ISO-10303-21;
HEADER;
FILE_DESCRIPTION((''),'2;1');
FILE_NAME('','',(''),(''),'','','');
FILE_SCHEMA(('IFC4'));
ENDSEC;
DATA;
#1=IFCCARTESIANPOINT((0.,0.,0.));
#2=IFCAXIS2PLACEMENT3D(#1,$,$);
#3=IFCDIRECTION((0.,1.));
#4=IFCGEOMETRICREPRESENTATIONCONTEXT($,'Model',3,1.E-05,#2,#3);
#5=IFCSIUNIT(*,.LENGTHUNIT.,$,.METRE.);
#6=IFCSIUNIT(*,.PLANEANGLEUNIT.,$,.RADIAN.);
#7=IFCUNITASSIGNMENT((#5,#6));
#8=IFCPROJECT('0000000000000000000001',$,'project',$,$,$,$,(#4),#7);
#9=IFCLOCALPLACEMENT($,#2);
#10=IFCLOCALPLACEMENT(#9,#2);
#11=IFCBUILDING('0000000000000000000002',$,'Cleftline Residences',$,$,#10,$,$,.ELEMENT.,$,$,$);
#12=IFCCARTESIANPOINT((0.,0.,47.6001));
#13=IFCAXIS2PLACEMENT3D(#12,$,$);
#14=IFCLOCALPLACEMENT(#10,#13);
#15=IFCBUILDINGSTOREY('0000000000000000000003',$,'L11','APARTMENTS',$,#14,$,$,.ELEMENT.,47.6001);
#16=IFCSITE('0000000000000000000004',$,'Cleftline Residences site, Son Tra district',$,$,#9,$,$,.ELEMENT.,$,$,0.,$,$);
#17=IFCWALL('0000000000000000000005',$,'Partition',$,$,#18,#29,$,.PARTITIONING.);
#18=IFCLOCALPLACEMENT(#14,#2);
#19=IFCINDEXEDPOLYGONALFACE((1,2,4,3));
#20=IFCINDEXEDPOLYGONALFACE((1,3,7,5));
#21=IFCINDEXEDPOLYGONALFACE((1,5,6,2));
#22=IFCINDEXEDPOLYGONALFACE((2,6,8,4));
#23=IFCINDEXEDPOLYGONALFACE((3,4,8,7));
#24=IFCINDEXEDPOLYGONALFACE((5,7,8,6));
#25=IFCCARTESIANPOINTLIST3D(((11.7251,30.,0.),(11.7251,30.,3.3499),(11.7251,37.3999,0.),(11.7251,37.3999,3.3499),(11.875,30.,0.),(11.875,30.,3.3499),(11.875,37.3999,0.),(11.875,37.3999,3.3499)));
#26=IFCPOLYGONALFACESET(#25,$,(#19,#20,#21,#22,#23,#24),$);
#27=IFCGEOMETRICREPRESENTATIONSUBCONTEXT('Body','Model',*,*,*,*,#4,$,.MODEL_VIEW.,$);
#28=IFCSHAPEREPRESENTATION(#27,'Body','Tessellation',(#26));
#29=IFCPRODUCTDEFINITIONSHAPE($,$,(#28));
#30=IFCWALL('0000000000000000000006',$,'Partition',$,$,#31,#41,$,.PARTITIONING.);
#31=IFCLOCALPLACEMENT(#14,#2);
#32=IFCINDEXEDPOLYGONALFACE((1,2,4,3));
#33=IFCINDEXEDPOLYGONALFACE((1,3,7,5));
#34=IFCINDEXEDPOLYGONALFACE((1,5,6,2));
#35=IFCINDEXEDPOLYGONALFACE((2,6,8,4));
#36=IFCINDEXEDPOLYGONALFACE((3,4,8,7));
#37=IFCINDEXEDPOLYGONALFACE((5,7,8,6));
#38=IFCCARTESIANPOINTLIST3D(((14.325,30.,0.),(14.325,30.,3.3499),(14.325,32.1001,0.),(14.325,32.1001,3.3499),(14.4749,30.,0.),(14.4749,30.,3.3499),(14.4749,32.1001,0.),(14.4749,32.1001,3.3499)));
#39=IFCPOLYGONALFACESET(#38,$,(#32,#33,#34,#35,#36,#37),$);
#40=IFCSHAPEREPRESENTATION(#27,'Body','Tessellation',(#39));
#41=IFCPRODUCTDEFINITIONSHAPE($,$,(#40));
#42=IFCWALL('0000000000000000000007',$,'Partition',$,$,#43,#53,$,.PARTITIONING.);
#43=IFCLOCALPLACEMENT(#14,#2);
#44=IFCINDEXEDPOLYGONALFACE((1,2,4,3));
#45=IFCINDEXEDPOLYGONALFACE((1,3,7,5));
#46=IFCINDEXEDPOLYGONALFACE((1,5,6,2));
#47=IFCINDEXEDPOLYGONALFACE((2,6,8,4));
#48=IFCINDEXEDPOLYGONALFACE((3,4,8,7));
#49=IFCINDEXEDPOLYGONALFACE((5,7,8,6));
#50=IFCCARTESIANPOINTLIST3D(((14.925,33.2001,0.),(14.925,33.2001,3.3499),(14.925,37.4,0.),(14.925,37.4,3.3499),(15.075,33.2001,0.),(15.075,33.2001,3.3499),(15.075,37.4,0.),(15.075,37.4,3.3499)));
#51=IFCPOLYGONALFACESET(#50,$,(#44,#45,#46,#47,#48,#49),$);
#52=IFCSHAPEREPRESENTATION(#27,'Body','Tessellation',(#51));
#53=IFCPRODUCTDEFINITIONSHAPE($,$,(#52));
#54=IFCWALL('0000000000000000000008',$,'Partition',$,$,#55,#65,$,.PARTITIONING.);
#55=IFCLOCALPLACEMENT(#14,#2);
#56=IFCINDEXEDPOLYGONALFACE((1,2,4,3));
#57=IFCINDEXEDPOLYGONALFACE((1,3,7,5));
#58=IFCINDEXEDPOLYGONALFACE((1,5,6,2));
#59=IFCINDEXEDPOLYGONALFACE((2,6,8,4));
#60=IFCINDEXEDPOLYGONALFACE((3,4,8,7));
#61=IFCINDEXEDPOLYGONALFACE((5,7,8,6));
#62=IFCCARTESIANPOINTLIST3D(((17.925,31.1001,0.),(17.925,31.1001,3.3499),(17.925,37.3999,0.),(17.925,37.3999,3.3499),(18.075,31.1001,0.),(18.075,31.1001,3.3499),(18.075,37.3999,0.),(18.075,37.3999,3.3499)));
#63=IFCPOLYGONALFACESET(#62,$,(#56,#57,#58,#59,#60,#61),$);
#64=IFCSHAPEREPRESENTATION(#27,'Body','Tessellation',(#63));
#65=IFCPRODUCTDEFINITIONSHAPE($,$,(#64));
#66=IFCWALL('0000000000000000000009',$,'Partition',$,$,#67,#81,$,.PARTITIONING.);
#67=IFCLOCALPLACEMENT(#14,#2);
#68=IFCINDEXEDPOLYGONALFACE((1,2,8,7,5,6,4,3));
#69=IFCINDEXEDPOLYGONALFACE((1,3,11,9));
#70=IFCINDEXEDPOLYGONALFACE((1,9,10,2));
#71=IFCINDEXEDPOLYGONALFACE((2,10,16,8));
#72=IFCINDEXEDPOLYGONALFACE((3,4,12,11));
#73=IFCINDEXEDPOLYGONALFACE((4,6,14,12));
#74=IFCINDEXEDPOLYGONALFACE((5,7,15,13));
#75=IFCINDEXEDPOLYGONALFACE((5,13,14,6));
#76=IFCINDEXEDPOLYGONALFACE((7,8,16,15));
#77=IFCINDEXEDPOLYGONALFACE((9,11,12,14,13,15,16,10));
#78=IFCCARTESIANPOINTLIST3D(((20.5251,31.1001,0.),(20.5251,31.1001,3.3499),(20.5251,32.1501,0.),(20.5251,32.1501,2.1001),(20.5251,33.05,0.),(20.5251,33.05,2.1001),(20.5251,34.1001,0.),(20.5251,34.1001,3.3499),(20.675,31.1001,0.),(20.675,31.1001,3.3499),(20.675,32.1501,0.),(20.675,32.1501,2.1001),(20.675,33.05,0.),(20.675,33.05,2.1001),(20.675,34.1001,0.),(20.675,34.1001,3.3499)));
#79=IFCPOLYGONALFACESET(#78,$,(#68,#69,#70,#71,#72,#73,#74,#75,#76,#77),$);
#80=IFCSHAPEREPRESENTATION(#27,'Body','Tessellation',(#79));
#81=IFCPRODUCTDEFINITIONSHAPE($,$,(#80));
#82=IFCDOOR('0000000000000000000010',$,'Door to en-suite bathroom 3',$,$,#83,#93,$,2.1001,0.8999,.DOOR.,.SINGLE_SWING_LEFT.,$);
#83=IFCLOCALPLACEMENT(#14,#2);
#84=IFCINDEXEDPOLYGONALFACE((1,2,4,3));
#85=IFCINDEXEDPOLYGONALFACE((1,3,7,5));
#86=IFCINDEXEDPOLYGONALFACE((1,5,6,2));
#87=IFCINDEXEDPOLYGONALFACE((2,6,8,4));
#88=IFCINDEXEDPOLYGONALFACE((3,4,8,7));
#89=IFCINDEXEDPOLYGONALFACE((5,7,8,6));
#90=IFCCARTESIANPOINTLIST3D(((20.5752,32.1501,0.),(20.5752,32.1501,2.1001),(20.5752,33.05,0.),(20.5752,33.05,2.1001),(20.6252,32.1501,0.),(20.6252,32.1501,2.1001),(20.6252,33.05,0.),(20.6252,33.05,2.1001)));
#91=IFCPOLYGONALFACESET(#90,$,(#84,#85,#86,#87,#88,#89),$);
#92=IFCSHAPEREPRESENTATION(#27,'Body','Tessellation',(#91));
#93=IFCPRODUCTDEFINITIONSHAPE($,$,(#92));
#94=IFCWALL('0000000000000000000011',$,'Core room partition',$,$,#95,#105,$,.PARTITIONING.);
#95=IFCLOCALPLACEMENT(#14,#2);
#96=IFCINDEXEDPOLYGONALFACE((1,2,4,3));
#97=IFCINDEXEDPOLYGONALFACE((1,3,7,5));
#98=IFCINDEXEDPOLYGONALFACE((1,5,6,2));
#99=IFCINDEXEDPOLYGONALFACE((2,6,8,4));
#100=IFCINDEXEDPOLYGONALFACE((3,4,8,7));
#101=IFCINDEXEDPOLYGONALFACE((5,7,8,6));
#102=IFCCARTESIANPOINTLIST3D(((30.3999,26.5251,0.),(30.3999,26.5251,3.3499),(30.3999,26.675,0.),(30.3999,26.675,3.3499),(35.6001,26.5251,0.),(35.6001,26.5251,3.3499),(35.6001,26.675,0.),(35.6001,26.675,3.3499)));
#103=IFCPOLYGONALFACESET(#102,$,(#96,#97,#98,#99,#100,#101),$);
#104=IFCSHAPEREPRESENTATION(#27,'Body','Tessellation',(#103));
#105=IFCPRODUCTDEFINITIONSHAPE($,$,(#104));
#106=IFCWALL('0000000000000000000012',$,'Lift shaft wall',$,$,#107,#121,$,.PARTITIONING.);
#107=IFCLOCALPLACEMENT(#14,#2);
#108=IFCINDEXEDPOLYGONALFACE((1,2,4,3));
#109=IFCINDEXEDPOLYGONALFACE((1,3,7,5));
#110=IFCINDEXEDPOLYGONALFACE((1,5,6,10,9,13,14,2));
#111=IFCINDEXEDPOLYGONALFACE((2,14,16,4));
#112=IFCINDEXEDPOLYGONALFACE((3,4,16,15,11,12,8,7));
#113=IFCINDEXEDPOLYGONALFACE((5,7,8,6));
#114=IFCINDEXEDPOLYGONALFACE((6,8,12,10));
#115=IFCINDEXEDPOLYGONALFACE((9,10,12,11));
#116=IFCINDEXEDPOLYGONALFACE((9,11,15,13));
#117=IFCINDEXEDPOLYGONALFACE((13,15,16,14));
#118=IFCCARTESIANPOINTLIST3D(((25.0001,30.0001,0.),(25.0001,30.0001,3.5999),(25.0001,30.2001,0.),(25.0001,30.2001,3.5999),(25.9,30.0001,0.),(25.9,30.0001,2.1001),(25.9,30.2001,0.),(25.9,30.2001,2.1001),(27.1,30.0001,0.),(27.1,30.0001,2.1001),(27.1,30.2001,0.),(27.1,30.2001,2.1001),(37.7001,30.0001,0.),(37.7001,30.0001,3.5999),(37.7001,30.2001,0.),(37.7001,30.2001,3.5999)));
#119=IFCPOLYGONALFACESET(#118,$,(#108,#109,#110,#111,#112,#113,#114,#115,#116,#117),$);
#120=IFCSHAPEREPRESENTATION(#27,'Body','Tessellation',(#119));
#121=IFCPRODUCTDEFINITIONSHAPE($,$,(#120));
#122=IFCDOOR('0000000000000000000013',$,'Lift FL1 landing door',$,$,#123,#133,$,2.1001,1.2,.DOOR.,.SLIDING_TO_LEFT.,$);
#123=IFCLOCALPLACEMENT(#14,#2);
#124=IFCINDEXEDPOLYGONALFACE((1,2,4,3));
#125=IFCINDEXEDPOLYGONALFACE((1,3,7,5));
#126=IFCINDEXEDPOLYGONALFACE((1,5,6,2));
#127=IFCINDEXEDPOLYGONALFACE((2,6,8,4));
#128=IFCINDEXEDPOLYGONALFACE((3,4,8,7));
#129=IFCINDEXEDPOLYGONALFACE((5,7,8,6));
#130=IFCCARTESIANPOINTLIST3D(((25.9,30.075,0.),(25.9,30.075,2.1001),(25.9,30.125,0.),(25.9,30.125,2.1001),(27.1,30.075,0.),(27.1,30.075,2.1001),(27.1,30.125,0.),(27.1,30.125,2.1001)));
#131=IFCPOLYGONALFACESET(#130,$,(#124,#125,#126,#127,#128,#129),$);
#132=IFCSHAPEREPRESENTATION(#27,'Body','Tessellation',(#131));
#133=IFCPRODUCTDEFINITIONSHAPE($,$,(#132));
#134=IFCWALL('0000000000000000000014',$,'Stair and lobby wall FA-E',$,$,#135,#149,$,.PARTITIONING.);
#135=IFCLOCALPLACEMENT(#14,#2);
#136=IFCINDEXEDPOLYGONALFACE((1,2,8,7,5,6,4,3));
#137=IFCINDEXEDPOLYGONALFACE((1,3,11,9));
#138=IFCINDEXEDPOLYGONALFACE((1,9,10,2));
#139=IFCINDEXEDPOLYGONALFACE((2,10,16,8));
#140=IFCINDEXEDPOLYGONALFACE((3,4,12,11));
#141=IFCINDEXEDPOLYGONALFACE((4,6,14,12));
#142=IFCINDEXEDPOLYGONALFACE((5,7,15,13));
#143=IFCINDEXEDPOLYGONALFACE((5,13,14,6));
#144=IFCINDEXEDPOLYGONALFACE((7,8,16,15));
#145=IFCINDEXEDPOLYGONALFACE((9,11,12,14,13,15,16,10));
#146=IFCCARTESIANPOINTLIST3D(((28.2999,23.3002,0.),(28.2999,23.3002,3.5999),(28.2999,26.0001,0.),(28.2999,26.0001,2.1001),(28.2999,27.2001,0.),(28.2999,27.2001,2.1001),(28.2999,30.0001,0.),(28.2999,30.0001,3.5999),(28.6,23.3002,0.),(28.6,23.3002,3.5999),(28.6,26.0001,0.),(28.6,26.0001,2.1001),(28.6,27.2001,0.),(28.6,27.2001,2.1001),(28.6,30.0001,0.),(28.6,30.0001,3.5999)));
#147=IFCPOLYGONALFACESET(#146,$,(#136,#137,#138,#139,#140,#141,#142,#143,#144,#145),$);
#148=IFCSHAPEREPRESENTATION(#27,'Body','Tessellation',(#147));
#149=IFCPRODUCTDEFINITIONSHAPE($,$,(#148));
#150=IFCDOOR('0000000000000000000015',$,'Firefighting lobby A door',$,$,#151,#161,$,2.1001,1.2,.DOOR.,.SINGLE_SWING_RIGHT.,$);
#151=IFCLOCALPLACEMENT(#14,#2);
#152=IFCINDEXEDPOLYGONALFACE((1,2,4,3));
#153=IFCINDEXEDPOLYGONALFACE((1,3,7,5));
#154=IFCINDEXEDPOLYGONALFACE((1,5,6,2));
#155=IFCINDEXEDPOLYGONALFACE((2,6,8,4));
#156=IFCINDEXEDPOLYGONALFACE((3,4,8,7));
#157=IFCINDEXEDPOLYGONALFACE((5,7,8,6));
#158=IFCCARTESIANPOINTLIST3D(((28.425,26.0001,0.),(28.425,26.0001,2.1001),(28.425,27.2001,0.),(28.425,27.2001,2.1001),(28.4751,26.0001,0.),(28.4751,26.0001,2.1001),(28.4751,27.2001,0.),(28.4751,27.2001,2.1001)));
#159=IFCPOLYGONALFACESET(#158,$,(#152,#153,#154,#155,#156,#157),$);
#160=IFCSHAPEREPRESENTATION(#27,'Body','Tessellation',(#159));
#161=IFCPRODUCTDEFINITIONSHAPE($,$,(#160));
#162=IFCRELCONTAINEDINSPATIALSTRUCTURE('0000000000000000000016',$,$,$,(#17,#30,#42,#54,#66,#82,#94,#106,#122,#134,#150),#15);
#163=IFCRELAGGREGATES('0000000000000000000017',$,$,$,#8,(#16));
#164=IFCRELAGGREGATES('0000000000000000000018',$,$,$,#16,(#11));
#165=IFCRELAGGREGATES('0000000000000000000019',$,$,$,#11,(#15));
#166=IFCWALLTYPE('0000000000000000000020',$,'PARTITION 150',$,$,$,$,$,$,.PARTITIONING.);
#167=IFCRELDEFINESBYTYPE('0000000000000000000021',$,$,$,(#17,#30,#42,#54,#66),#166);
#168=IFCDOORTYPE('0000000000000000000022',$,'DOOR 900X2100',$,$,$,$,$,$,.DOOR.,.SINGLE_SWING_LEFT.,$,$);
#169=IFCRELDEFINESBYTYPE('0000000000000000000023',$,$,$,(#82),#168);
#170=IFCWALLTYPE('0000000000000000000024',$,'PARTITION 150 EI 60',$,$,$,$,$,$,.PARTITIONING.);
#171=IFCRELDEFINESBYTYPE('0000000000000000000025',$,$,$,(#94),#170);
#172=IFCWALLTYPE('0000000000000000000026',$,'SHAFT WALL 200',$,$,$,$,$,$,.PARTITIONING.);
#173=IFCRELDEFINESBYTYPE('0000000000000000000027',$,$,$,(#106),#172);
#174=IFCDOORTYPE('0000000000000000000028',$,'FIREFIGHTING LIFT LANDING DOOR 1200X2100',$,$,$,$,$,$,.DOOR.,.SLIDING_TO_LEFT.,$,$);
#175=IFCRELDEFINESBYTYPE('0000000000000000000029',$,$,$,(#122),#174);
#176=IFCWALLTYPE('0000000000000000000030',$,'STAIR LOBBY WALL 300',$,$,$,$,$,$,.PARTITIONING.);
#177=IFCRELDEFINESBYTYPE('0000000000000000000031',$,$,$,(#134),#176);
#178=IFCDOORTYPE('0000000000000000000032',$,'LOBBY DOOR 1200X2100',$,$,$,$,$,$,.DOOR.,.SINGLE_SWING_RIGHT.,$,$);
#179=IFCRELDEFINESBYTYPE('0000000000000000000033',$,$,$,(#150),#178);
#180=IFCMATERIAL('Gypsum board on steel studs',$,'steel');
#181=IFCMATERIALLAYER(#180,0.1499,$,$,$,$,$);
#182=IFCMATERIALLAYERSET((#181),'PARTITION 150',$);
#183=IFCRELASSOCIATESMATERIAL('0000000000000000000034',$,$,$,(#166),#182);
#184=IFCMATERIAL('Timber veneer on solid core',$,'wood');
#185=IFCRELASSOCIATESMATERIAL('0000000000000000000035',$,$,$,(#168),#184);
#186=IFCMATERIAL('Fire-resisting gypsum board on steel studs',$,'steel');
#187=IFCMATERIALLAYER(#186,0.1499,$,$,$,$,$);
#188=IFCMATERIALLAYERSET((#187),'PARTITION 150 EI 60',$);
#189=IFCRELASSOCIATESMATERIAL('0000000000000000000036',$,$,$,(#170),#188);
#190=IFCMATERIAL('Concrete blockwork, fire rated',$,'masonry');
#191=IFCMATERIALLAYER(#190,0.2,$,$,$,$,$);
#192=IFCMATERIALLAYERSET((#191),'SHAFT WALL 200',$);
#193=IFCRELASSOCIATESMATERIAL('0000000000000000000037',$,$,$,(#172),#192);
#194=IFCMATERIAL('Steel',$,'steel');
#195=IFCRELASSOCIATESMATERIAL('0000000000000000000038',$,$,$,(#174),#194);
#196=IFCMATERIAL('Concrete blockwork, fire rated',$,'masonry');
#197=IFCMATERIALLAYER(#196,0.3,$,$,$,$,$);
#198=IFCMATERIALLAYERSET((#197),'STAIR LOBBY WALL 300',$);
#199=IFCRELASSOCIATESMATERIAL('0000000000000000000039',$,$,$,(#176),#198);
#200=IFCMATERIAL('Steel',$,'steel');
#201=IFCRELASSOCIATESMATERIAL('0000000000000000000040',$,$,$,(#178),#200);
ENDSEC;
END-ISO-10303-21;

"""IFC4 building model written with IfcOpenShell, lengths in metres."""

from ifc_helpers import new_model, si_unit, direction, frame, frame_2d, origin, place, context, subcontext, project, spatial, rectangle, extrude, material, layer, layer_set, type_object, element, fill, save


model = new_model("IFC4")

# Units and contexts
model_context = context("Model", 3, precision=1e-05, world=origin(), true_north=direction((0.0, 1.0)))
body_context = subcontext(model_context, "Body", "Model", "MODEL_VIEW")
ifc_project = project(units=[si_unit("LENGTHUNIT", "METRE"), si_unit("PLANEANGLEUNIT", "RADIAN")], contexts=[model_context])

# Site, building, storey
site_placement = place(None, origin())
site = spatial("IfcSite", under=ifc_project, at=site_placement, Name="Cleftline Residences site, Son Tra district", CompositionType="ELEMENT", RefElevation=0.0)
building_placement = place(site_placement, origin())
building = spatial("IfcBuilding", under=site, at=building_placement, Name="Cleftline Residences", CompositionType="ELEMENT")
storey_placement = place(building_placement, frame((0.0, 0.0, 47.6001)))
storey = spatial("IfcBuildingStorey", under=building, at=storey_placement, Name="L11", Description="APARTMENTS", CompositionType="ELEMENT", Elevation=47.6001)

# Shared definitions
ifc_material_1 = material(Name="Gypsum board on steel studs", Category="steel")
ifc_layer_1 = layer(ifc_material_1, 0.1499)
ifc_layer_set_1 = layer_set([ifc_layer_1], Name="PARTITION 150")
wall_type_1 = type_object("IfcWallType", Name="PARTITION 150", PredefinedType="PARTITIONING", material=ifc_layer_set_1)

# Walls
wall_1_placement = place(storey_placement, frame((11.8, 30.0, 0.0), z_axis=(0.0, 0.0, 1.0), x_axis=(0.0, 1.0, 0.0)))
element("IfcWall", 1, at=wall_1_placement, inside=storey, type_object=wall_type_1, Name="Partition", PredefinedType="PARTITIONING", context=body_context, shape_type="SweptSolid", body=[
    extrude(rectangle(XDim=7.3999, YDim=0.1499, at=frame_2d((3.7, 0.0))), origin(), (0.0, 0.0, 1.0), 3.3499),
])
wall_2_placement = place(storey_placement, frame((14.3999, 30.0, 0.0), z_axis=(0.0, 0.0, 1.0), x_axis=(0.0, 1.0, 0.0)))
element("IfcWall", 2, at=wall_2_placement, inside=storey, type_object=wall_type_1, Name="Partition", PredefinedType="PARTITIONING", context=body_context, shape_type="SweptSolid", body=[
    extrude(rectangle(XDim=2.1001, YDim=0.1499, at=frame_2d((1.05, 0.0))), origin(), (0.0, 0.0, 1.0), 3.3499),
])
wall_3_placement = place(storey_placement, frame((15.0, 33.2, 0.0), z_axis=(0.0, 0.0, 1.0), x_axis=(0.0, 1.0, 0.0)))
element("IfcWall", 3, at=wall_3_placement, inside=storey, type_object=wall_type_1, Name="Partition", PredefinedType="PARTITIONING", context=body_context, shape_type="SweptSolid", body=[
    extrude(rectangle(XDim=4.2, YDim=0.1499, at=frame_2d((2.1001, 0.0))), origin(), (0.0, 0.0, 1.0), 3.3499),
])
wall_4_placement = place(storey_placement, frame((18.0, 31.1001, 0.0), z_axis=(0.0, 0.0, 1.0), x_axis=(0.0, 1.0, 0.0)))
element("IfcWall", 4, at=wall_4_placement, inside=storey, type_object=wall_type_1, Name="Partition", PredefinedType="PARTITIONING", context=body_context, shape_type="SweptSolid", body=[
    extrude(rectangle(XDim=6.2998, YDim=0.1499, at=frame_2d((3.1499, 0.0))), origin(), (0.0, 0.0, 1.0), 3.3499),
])

# Wall, opening, door
wall_5_placement = place(storey_placement, frame((20.6001, 31.1001, 0.0), z_axis=(0.0, 0.0, 1.0), x_axis=(0.0, 1.0, 0.0)))
wall_5 = element("IfcWall", 5, at=wall_5_placement, inside=storey, type_object=wall_type_1, Name="Partition", PredefinedType="PARTITIONING", context=body_context, shape_type="SweptSolid", body=[
    extrude(rectangle(XDim=3.0, YDim=0.1499, at=frame_2d((1.5, 0.0))), origin(), (0.0, 0.0, 1.0), 3.3499),
])
opening_1_placement = place(wall_5_placement, frame((1.05, 0.0, 0.0)))
opening_1 = element("IfcOpeningElement", 6, at=opening_1_placement, cuts=wall_5, PredefinedType="OPENING", context=body_context, shape_type="SweptSolid", body=[
    extrude(rectangle(XDim=0.8999, YDim=2.1001, at=frame_2d((0.45, 1.05))), frame((0.0, 0.085, 0.0), z_axis=(0.0, -1.0, 0.0), x_axis=(1.0, 0.0, 0.0)), (0.0, 0.0, 1.0), 0.1699),
])
ifc_material_2 = material(Name="Timber veneer on solid core", Category="wood")
door_type_1 = type_object("IfcDoorType", Name="DOOR 900X2100", OperationType="SINGLE_SWING_LEFT", PredefinedType="DOOR", material=ifc_material_2)
door_1_placement = place(opening_1_placement, origin())
door_1 = element("IfcDoor", 7, at=door_1_placement, inside=storey, type_object=door_type_1, Name="Door to en-suite bathroom 3", OperationType="SINGLE_SWING_LEFT", OverallHeight=2.1001, OverallWidth=0.8999, PredefinedType="DOOR", context=body_context, shape_type="SweptSolid", body=[
    extrude(rectangle(XDim=0.8999, YDim=2.1001, at=frame_2d((0.45, 1.05))), frame((0.0, 0.0249, 0.0), z_axis=(0.0, -1.0, 0.0), x_axis=(1.0, 0.0, 0.0)), (0.0, 0.0, 1.0), 0.05),
])
fill(opening_1, door_1)

# Wall
ifc_material_3 = material(Name="Fire-resisting gypsum board on steel studs", Category="steel")
ifc_layer_2 = layer(ifc_material_3, 0.1499)
ifc_layer_set_2 = layer_set([ifc_layer_2], Name="PARTITION 150 EI 60")
wall_type_2 = type_object("IfcWallType", Name="PARTITION 150 EI 60", PredefinedType="PARTITIONING", material=ifc_layer_set_2)
wall_6_placement = place(storey_placement, frame((30.3999, 26.6001, 0.0), z_axis=(0.0, 0.0, 1.0), x_axis=(1.0, 0.0, 0.0)))
element("IfcWall", 8, at=wall_6_placement, inside=storey, type_object=wall_type_2, Name="Core room partition", PredefinedType="PARTITIONING", context=body_context, shape_type="SweptSolid", body=[
    extrude(rectangle(XDim=5.2002, YDim=0.1499, at=frame_2d((2.6001, 0.0))), origin(), (0.0, 0.0, 1.0), 3.3499),
])

# Walls, openings, doors
ifc_material_4 = material(Name="Concrete blockwork, fire rated", Category="masonry")
ifc_layer_3 = layer(ifc_material_4, 0.2)
ifc_layer_set_3 = layer_set([ifc_layer_3], Name="SHAFT WALL 200")
wall_type_3 = type_object("IfcWallType", Name="SHAFT WALL 200", PredefinedType="PARTITIONING", material=ifc_layer_set_3)
wall_7_placement = place(storey_placement, frame((25.0, 30.1001, 0.0), z_axis=(0.0, 0.0, 1.0), x_axis=(1.0, 0.0, 0.0)))
wall_7 = element("IfcWall", 9, at=wall_7_placement, inside=storey, type_object=wall_type_3, Name="Lift shaft wall", PredefinedType="PARTITIONING", context=body_context, shape_type="SweptSolid", body=[
    extrude(rectangle(XDim=12.7, YDim=0.2, at=frame_2d((6.3501, 0.0))), origin(), (0.0, 0.0, 1.0), 3.5999),
])
opening_2_placement = place(wall_7_placement, frame((0.8999, 0.0, 0.0)))
opening_2 = element("IfcOpeningElement", 10, at=opening_2_placement, cuts=wall_7, PredefinedType="OPENING", context=body_context, shape_type="SweptSolid", body=[
    extrude(rectangle(XDim=1.2, YDim=2.1001, at=frame_2d((0.6001, 1.05))), frame((0.0, 0.1099, 0.0), z_axis=(0.0, -1.0, 0.0), x_axis=(1.0, 0.0, 0.0)), (0.0, 0.0, 1.0), 0.22),
])
ifc_material_5 = material(Name="Steel", Category="steel")
door_type_2 = type_object("IfcDoorType", Name="FIREFIGHTING LIFT LANDING DOOR 1200X2100", OperationType="SLIDING_TO_LEFT", PredefinedType="DOOR", material=ifc_material_5)
door_2_placement = place(opening_2_placement, origin())
door_2 = element("IfcDoor", 11, at=door_2_placement, inside=storey, type_object=door_type_2, Name="Lift FL1 landing door", OperationType="SLIDING_TO_LEFT", OverallHeight=2.1001, OverallWidth=1.2, PredefinedType="DOOR", context=body_context, shape_type="SweptSolid", body=[
    extrude(rectangle(XDim=1.2, YDim=2.1001, at=frame_2d((0.6001, 1.05))), frame((0.0, 0.0249, 0.0), z_axis=(0.0, -1.0, 0.0), x_axis=(1.0, 0.0, 0.0)), (0.0, 0.0, 1.0), 0.05),
])
fill(opening_2, door_2)
ifc_material_6 = material(Name="Concrete blockwork, fire rated", Category="masonry")
ifc_layer_4 = layer(ifc_material_6, 0.3)
ifc_layer_set_4 = layer_set([ifc_layer_4], Name="STAIR LOBBY WALL 300")
wall_type_4 = type_object("IfcWallType", Name="STAIR LOBBY WALL 300", PredefinedType="PARTITIONING", material=ifc_layer_set_4)
wall_8_placement = place(storey_placement, frame((28.45, 23.3, 0.0), z_axis=(0.0, 0.0, 1.0), x_axis=(0.0, 1.0, 0.0)))
wall_8 = element("IfcWall", 12, at=wall_8_placement, inside=storey, type_object=wall_type_4, Name="Stair and lobby wall FA-E", PredefinedType="PARTITIONING", context=body_context, shape_type="SweptSolid", body=[
    extrude(rectangle(XDim=6.7, YDim=0.3, at=frame_2d((3.3501, 0.0))), origin(), (0.0, 0.0, 1.0), 3.5999),
])
opening_3_placement = place(wall_8_placement, frame((2.7, 0.0, 0.0)))
opening_3 = element("IfcOpeningElement", 13, at=opening_3_placement, cuts=wall_8, PredefinedType="OPENING", context=body_context, shape_type="SweptSolid", body=[
    extrude(rectangle(XDim=1.2, YDim=2.1001, at=frame_2d((0.6001, 1.05))), frame((0.0, 0.1599, 0.0), z_axis=(0.0, -1.0, 0.0), x_axis=(1.0, 0.0, 0.0)), (0.0, 0.0, 1.0), 0.3201),
])
ifc_material_7 = material(Name="Steel", Category="steel")
door_type_3 = type_object("IfcDoorType", Name="LOBBY DOOR 1200X2100", OperationType="SINGLE_SWING_RIGHT", PredefinedType="DOOR", material=ifc_material_7)
door_3_placement = place(opening_3_placement, origin())
door_3 = element("IfcDoor", 14, at=door_3_placement, inside=storey, type_object=door_type_3, Name="Firefighting lobby A door", OperationType="SINGLE_SWING_RIGHT", OverallHeight=2.1001, OverallWidth=1.2, PredefinedType="DOOR", context=body_context, shape_type="SweptSolid", body=[
    extrude(rectangle(XDim=1.2, YDim=2.1001, at=frame_2d((0.6001, 1.05))), frame((0.0, 0.0249, 0.0), z_axis=(0.0, -1.0, 0.0), x_axis=(1.0, 0.0, 0.0)), (0.0, 0.0, 1.0), 0.05),
])
fill(opening_3, door_3)

save(model, "model.ifc")
